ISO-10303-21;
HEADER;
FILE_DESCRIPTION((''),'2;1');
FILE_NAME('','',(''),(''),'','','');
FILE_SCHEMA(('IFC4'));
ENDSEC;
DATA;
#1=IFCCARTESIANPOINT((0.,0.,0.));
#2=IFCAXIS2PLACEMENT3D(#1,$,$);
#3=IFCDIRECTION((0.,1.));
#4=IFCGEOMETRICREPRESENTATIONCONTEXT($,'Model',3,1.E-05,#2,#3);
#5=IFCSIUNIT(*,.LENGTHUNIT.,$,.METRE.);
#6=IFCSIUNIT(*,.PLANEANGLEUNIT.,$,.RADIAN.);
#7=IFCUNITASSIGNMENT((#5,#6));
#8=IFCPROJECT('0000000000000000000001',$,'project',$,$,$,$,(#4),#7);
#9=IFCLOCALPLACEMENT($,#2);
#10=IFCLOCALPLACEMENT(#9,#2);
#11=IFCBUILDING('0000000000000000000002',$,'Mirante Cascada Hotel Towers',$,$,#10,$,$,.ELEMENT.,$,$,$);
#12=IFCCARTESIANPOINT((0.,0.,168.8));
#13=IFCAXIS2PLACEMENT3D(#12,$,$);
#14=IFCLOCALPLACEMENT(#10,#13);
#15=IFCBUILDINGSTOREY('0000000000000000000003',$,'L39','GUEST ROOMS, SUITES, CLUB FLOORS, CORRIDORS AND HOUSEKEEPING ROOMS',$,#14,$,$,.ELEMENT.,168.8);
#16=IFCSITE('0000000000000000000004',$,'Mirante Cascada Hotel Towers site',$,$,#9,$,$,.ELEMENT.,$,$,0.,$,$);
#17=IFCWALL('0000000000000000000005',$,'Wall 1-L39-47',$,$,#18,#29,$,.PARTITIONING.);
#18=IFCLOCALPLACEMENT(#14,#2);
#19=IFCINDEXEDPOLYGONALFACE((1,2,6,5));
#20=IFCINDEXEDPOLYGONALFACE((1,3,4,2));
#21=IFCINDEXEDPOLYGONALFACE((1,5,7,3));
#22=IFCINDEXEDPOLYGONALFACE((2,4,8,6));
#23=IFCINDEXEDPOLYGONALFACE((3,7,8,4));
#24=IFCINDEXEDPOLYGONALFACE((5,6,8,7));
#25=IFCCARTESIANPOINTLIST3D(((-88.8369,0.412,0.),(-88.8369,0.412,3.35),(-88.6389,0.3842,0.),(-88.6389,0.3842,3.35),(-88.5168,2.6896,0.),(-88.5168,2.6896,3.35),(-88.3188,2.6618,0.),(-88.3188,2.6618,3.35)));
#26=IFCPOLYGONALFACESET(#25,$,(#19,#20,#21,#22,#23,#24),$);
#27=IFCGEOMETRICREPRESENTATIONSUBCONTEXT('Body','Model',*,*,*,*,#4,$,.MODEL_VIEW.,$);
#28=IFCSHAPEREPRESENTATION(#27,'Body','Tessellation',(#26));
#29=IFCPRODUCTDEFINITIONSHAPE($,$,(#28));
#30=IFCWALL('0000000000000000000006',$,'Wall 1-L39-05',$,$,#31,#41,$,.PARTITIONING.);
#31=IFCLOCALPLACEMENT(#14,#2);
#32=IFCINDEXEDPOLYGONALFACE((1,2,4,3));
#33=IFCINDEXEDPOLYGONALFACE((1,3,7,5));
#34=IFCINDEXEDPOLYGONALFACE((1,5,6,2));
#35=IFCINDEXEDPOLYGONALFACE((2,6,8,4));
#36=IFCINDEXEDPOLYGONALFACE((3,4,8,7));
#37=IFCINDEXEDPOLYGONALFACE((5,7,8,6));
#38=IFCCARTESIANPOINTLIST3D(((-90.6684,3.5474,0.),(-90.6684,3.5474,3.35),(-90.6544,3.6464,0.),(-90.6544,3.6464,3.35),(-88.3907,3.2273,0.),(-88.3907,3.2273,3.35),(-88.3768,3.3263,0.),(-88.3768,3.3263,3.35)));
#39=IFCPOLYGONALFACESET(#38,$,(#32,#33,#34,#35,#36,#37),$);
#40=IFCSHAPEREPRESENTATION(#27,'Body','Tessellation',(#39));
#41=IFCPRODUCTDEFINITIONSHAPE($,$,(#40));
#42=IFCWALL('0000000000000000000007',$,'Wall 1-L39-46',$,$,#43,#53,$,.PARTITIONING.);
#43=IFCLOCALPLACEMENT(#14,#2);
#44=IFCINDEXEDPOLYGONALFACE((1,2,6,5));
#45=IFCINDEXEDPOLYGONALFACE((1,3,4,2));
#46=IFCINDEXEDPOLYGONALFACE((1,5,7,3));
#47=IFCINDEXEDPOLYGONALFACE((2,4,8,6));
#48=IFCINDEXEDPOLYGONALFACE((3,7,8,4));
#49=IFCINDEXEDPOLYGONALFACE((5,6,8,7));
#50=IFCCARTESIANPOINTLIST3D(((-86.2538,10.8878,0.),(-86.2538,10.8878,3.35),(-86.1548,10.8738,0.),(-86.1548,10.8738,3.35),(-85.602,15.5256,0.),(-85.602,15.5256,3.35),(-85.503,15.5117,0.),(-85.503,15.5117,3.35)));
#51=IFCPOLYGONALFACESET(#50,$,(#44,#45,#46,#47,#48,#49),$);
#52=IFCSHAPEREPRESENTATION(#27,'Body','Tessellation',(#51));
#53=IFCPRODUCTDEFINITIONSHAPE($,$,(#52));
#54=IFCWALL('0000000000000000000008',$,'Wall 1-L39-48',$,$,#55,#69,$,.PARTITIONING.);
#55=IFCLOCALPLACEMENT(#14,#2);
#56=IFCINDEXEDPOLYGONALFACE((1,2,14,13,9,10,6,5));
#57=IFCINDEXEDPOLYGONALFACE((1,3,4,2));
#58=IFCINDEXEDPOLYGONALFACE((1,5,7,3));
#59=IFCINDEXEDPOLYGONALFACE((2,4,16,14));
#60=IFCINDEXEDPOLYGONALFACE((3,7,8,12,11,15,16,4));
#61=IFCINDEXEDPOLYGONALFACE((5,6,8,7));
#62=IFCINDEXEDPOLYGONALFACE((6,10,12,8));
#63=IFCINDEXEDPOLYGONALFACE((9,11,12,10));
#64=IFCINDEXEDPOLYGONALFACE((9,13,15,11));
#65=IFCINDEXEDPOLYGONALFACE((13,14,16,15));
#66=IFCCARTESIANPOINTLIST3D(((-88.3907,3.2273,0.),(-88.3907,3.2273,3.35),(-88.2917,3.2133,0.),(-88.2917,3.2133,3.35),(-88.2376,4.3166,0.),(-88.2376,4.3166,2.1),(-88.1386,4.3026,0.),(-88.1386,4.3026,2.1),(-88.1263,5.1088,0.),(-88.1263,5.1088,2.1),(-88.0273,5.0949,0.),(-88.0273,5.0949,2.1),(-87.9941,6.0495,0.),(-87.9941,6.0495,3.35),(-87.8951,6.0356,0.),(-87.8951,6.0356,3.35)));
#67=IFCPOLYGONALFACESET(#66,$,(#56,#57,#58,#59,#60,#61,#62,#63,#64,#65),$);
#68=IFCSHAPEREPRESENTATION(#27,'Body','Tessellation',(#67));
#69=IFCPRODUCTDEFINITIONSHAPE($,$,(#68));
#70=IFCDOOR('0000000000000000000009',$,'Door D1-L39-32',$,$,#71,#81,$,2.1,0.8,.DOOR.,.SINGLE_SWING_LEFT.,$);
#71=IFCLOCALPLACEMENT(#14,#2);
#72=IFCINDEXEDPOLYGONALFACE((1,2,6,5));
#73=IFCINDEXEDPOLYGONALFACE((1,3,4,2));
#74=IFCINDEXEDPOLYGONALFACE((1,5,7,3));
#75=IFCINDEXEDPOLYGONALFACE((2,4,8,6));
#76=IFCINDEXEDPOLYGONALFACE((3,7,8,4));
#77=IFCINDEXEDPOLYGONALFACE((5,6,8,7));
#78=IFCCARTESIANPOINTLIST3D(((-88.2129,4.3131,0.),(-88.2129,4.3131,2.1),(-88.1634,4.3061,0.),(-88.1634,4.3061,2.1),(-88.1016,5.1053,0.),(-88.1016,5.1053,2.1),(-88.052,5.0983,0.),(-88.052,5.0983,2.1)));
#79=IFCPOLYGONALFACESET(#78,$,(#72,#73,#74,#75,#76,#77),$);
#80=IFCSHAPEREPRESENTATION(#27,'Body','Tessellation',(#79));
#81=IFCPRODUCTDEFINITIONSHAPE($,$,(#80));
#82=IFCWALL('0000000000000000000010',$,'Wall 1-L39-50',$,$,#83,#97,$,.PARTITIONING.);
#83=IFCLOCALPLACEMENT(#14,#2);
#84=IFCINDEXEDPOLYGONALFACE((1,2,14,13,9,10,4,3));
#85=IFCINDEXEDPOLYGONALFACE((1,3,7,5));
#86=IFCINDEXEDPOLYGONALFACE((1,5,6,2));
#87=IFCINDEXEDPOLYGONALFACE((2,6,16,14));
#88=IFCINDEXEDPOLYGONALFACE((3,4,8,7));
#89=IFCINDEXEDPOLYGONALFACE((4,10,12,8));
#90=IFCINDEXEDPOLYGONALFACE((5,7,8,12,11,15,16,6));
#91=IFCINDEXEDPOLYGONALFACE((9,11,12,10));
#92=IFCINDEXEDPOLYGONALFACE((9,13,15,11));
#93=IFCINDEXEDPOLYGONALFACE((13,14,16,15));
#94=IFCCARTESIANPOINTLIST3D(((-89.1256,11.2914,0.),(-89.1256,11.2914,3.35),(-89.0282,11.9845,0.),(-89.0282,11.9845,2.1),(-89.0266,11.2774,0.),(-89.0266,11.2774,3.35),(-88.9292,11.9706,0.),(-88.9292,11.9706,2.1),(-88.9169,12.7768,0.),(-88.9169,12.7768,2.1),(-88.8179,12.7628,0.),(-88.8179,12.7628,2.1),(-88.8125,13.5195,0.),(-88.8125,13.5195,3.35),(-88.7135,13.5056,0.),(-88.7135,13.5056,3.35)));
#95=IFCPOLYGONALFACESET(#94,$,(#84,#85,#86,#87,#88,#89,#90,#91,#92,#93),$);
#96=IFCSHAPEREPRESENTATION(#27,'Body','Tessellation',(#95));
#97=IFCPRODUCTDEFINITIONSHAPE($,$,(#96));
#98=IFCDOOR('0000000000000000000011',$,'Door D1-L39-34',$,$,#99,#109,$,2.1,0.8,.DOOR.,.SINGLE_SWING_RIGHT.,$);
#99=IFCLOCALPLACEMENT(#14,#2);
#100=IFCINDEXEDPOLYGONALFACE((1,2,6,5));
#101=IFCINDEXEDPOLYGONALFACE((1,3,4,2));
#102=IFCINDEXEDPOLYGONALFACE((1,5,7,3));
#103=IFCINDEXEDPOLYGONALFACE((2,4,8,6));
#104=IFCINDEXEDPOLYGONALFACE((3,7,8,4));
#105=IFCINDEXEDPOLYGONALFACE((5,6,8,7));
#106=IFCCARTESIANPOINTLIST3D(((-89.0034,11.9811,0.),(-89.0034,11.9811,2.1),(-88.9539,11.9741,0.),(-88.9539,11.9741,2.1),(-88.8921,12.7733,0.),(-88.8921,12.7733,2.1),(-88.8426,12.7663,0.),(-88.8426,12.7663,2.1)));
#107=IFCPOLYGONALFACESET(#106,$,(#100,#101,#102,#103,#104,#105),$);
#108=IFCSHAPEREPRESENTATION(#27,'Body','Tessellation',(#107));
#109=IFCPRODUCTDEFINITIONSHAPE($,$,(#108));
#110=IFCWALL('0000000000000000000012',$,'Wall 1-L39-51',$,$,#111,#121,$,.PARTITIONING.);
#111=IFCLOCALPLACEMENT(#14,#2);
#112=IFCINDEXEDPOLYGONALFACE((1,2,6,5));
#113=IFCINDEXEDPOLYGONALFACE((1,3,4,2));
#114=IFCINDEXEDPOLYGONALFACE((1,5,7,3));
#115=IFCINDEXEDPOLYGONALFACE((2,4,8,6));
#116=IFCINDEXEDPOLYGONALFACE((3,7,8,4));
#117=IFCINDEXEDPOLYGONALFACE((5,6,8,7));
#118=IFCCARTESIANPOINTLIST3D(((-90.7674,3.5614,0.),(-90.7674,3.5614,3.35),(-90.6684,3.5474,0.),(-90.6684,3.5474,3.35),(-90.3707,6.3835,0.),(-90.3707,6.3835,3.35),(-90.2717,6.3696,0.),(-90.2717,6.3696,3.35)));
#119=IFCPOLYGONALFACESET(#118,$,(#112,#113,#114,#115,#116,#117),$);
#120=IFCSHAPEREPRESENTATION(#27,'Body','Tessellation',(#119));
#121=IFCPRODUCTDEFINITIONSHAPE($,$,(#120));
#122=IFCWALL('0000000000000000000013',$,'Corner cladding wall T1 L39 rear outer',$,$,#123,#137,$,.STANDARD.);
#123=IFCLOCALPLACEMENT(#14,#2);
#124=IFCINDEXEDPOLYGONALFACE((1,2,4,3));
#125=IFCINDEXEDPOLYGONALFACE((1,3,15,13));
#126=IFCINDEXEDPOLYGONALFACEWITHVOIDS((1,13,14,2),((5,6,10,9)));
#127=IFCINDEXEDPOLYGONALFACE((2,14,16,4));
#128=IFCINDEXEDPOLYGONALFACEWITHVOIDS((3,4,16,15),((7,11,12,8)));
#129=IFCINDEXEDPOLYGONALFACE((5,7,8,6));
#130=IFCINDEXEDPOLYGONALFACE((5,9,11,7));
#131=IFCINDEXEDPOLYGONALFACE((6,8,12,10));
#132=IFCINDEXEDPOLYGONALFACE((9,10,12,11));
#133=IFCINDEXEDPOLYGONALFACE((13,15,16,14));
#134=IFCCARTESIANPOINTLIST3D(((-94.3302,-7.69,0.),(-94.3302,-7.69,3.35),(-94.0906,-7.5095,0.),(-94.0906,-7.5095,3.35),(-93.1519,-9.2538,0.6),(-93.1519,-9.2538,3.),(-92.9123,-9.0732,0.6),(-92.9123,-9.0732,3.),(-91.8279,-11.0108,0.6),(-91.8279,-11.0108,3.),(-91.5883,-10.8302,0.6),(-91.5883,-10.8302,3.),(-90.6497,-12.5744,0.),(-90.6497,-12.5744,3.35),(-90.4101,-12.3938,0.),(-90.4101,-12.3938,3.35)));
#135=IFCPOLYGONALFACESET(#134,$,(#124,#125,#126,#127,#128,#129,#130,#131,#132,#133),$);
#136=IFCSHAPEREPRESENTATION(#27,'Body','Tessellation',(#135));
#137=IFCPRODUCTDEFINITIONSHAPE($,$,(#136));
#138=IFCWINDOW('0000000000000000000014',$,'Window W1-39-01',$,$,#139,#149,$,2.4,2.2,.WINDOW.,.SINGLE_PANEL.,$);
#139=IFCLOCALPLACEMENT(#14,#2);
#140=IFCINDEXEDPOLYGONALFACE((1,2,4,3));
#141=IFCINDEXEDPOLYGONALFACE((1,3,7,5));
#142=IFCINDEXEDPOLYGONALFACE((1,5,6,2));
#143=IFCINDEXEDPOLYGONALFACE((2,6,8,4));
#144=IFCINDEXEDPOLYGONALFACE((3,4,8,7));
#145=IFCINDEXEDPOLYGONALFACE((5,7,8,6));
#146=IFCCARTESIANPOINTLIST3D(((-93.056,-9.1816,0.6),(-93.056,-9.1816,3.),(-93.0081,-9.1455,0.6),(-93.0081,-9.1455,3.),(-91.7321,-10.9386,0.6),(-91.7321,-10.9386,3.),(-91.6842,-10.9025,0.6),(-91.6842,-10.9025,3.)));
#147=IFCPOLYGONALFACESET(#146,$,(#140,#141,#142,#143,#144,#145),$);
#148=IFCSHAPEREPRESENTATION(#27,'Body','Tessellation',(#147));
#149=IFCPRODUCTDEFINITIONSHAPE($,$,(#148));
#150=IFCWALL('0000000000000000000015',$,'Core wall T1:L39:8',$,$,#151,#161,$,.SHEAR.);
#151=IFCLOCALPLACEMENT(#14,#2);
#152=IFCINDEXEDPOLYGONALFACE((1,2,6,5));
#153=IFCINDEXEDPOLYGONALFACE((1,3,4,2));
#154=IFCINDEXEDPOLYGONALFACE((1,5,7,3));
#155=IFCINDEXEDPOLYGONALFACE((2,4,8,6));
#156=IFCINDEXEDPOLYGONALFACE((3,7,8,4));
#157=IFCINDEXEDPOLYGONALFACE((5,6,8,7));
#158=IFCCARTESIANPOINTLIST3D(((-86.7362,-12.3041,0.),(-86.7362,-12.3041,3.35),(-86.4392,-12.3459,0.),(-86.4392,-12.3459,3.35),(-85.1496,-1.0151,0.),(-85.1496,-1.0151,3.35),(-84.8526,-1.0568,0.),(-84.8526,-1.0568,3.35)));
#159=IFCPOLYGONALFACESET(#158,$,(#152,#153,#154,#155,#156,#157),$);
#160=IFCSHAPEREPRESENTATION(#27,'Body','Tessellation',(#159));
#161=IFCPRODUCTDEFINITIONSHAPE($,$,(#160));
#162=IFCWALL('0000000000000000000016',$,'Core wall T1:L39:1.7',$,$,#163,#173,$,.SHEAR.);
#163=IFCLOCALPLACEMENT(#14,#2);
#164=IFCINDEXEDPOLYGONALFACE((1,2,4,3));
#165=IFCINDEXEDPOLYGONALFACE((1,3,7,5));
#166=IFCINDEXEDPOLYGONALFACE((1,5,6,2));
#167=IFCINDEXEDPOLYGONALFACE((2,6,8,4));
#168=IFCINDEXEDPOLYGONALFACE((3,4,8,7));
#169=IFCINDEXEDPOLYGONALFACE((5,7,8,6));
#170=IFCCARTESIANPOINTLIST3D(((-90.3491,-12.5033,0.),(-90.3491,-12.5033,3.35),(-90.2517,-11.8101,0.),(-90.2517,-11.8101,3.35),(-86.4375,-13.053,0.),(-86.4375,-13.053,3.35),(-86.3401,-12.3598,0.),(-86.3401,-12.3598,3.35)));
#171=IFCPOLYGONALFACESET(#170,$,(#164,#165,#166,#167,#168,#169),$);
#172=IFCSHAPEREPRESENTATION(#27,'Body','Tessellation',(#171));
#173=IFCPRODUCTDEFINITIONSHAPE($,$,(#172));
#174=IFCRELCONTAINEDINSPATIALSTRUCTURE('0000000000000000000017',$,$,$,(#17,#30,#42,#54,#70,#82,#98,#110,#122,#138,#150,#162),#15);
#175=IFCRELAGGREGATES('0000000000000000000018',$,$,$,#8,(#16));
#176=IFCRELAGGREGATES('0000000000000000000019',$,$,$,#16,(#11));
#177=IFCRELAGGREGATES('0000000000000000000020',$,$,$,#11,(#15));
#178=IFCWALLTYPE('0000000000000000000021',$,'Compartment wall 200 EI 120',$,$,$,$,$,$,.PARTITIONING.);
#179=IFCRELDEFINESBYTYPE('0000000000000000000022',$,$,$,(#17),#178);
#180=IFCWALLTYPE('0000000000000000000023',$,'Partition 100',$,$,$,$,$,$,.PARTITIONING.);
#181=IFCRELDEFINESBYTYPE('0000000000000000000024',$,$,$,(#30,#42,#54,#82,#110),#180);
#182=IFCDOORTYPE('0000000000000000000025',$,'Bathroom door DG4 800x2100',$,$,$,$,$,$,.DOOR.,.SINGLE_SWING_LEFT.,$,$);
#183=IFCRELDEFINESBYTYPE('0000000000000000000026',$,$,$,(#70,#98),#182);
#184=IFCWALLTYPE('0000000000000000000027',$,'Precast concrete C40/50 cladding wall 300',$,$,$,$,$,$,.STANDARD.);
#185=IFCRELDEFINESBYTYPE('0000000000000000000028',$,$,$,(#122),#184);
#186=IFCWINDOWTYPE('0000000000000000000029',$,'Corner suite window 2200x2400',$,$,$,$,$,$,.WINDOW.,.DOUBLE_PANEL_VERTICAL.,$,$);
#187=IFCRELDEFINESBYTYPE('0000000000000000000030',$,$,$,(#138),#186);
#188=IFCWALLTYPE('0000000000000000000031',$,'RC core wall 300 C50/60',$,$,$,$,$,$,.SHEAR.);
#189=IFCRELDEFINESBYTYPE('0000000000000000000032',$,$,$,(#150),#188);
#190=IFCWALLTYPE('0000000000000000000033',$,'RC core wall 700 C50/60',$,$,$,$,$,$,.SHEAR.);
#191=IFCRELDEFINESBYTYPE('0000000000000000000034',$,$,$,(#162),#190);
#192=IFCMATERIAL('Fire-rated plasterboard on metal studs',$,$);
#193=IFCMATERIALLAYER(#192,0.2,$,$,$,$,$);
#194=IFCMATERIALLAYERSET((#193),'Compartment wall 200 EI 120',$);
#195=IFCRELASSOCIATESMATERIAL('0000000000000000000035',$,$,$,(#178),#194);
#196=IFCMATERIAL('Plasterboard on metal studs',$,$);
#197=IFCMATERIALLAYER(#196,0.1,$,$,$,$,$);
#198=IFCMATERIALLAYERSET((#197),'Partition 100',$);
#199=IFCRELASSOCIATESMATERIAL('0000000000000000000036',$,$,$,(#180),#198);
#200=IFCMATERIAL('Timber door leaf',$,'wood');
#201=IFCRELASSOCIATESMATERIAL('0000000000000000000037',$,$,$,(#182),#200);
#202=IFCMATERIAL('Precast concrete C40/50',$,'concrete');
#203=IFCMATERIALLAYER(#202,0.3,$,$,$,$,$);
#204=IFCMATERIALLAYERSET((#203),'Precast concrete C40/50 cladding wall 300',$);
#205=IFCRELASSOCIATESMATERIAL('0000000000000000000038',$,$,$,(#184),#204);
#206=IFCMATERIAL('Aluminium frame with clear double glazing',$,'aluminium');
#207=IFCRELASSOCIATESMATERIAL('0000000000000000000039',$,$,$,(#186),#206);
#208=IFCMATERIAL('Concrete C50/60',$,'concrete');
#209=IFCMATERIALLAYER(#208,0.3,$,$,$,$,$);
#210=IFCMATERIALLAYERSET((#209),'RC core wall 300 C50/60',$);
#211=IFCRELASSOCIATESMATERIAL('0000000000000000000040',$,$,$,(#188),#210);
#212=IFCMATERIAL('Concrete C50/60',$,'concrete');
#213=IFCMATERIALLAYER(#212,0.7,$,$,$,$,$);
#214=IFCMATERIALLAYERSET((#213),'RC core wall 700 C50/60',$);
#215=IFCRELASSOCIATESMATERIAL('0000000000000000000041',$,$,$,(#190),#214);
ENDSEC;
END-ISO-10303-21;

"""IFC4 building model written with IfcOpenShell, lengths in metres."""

from ifc_helpers import new_model, si_unit, direction, frame, frame_2d, origin, place, context, subcontext, project, spatial, rectangle, extrude, material, layer, layer_set, type_object, element, fill, save


model = new_model("IFC4")

# Units and contexts
model_context = context("Model", 3, precision=1e-05, world=origin(), true_north=direction((0.0, 1.0)))
body_context = subcontext(model_context, "Body", "Model", "MODEL_VIEW")
ifc_project = project(units=[si_unit("LENGTHUNIT", "METRE"), si_unit("PLANEANGLEUNIT", "RADIAN")], contexts=[model_context])

# Site, building, storey
site_placement = place(None, origin())
site = spatial("IfcSite", under=ifc_project, at=site_placement, Name="Mirante Cascada Hotel Towers site", CompositionType="ELEMENT", RefElevation=0.0)
building_placement = place(site_placement, origin())
building = spatial("IfcBuilding", under=site, at=building_placement, Name="Mirante Cascada Hotel Towers", CompositionType="ELEMENT")
storey_placement = place(building_placement, frame((0.0, 0.0, 168.8)))
storey = spatial("IfcBuildingStorey", under=building, at=storey_placement, Name="L39", Description="GUEST ROOMS, SUITES, CLUB FLOORS, CORRIDORS AND HOUSEKEEPING ROOMS", CompositionType="ELEMENT", Elevation=168.8)

# Walls
ifc_material_1 = material(Name="Fire-rated plasterboard on metal studs")
ifc_layer_1 = layer(ifc_material_1, 0.2)
ifc_layer_set_1 = layer_set([ifc_layer_1], Name="Compartment wall 200 EI 120")
wall_type_1 = type_object("IfcWallType", Name="Compartment wall 200 EI 120", PredefinedType="PARTITIONING", material=ifc_layer_set_1)
wall_1_placement = place(storey_placement, frame((-88.4178, 2.6757, 0.0), z_axis=(0.0, 0.0, 1.0), x_axis=(-0.139175, -0.990268, 0.0)))
element("IfcWall", 1, at=wall_1_placement, inside=storey, type_object=wall_type_1, Name="Wall 1-L39-47", PredefinedType="PARTITIONING", context=body_context, shape_type="SweptSolid", body=[
    extrude(rectangle(XDim=2.3, YDim=0.2, at=frame_2d((1.15, 0.0))), origin(), (0.0, 0.0, 1.0), 3.35),
])
ifc_material_2 = material(Name="Plasterboard on metal studs")
ifc_layer_2 = layer(ifc_material_2, 0.1)
ifc_layer_set_2 = layer_set([ifc_layer_2], Name="Partition 100")
wall_type_2 = type_object("IfcWallType", Name="Partition 100", PredefinedType="PARTITIONING", material=ifc_layer_set_2)
wall_2_placement = place(storey_placement, frame((-90.6614, 3.5969, 0.0), z_axis=(0.0, 0.0, 1.0), x_axis=(0.990268, -0.139175, 0.0)))
element("IfcWall", 2, at=wall_2_placement, inside=storey, type_object=wall_type_2, Name="Wall 1-L39-05", PredefinedType="PARTITIONING", context=body_context, shape_type="SweptSolid", body=[
    extrude(rectangle(XDim=2.3, YDim=0.1, at=frame_2d((1.15, 0.0))), origin(), (0.0, 0.0, 1.0), 3.35),
])
wall_3_placement = place(storey_placement, frame((-86.2043, 10.8808, 0.0), z_axis=(0.0, 0.0, 1.0), x_axis=(0.139173, 0.990268, 0.0)))
element("IfcWall", 3, at=wall_3_placement, inside=storey, type_object=wall_type_2, Name="Wall 1-L39-46", PredefinedType="PARTITIONING", context=body_context, shape_type="SweptSolid", body=[
    extrude(rectangle(XDim=4.6834, YDim=0.1, at=frame_2d((2.3417, 0.0))), origin(), (0.0, 0.0, 1.0), 3.35),
])

# Walls, openings, doors
wall_4_placement = place(storey_placement, frame((-88.3412, 3.2203, 0.0), z_axis=(0.0, 0.0, 1.0), x_axis=(0.139156, 0.99027, 0.0)))
wall_4 = element("IfcWall", 4, at=wall_4_placement, inside=storey, type_object=wall_type_2, Name="Wall 1-L39-48", PredefinedType="PARTITIONING", context=body_context, shape_type="SweptSolid", body=[
    extrude(rectangle(XDim=2.85, YDim=0.1, at=frame_2d((1.425, 0.0))), origin(), (0.0, 0.0, 1.0), 3.35),
])
opening_1_placement = place(wall_4_placement, frame((1.1, 0.0, 0.0)))
opening_1 = element("IfcOpeningElement", 5, at=opening_1_placement, cuts=wall_4, PredefinedType="OPENING", context=body_context, shape_type="SweptSolid", body=[
    extrude(rectangle(XDim=0.8, YDim=2.1, at=frame_2d((0.4, 1.05))), frame((0.0, 0.05, 0.0), z_axis=(0.0, -1.0, 0.0), x_axis=(1.0, 0.0, 0.0)), (0.0, 0.0, 1.0), 0.1),
])
ifc_material_3 = material(Name="Timber door leaf", Category="wood")
door_type = type_object("IfcDoorType", Name="Bathroom door DG4 800x2100", OperationType="SINGLE_SWING_LEFT", PredefinedType="DOOR", material=ifc_material_3)
door_1_placement = place(opening_1_placement, origin())
door_1 = element("IfcDoor", 6, at=door_1_placement, inside=storey, type_object=door_type, Name="Door D1-L39-32", OperationType="SINGLE_SWING_LEFT", OverallHeight=2.1, OverallWidth=0.8, PredefinedType="DOOR", context=body_context, shape_type="SweptSolid", body=[
    extrude(rectangle(XDim=0.8, YDim=2.1, at=frame_2d((0.4, 1.05))), frame((0.0, 0.025, 0.0), z_axis=(0.0, -1.0, 0.0), x_axis=(1.0, 0.0, 0.0)), (0.0, 0.0, 1.0), 0.05),
])
fill(opening_1, door_1)
wall_5_placement = place(storey_placement, frame((-89.0761, 11.2844, 0.0), z_axis=(0.0, 0.0, 1.0), x_axis=(0.139156, 0.990271, 0.0)))
wall_5 = element("IfcWall", 7, at=wall_5_placement, inside=storey, type_object=wall_type_2, Name="Wall 1-L39-50", PredefinedType="PARTITIONING", context=body_context, shape_type="SweptSolid", body=[
    extrude(rectangle(XDim=2.25, YDim=0.1, at=frame_2d((1.125, 0.0))), origin(), (0.0, 0.0, 1.0), 3.35),
])
opening_2_placement = place(wall_5_placement, frame((0.7, 0.0, 0.0)))
opening_2 = element("IfcOpeningElement", 8, at=opening_2_placement, cuts=wall_5, PredefinedType="OPENING", context=body_context, shape_type="SweptSolid", body=[
    extrude(rectangle(XDim=0.8, YDim=2.1, at=frame_2d((0.4, 1.05))), frame((0.0, 0.05, 0.0), z_axis=(0.0, -1.0, 0.0), x_axis=(1.0, 0.0, 0.0)), (0.0, 0.0, 1.0), 0.1),
])
door_2_placement = place(opening_2_placement, frame((0.8, 0.0, 0.0), z_axis=(0.0, 0.0, 1.0), x_axis=(-1.0, 0.0, 0.0)))
door_2 = element("IfcDoor", 9, at=door_2_placement, inside=storey, type_object=door_type, Name="Door D1-L39-34", OperationType="SINGLE_SWING_RIGHT", OverallHeight=2.1, OverallWidth=0.8, PredefinedType="DOOR", context=body_context, shape_type="SweptSolid", body=[
    extrude(rectangle(XDim=0.8, YDim=2.1, at=frame_2d((0.4, 1.05))), frame((0.0, 0.025, 0.0), z_axis=(0.0, -1.0, 0.0), x_axis=(1.0, 0.0, 0.0)), (0.0, 0.0, 1.0), 0.05),
])
fill(opening_2, door_2)

# Wall
wall_6_placement = place(storey_placement, frame((-90.3212, 6.3766, 0.0), z_axis=(0.0, 0.0, 1.0), x_axis=(-0.139196, -0.990265, 0.0)))
element("IfcWall", 10, at=wall_6_placement, inside=storey, type_object=wall_type_2, Name="Wall 1-L39-51", PredefinedType="PARTITIONING", context=body_context, shape_type="SweptSolid", body=[
    extrude(rectangle(XDim=2.8499, YDim=0.1, at=frame_2d((1.425, 0.0))), origin(), (0.0, 0.0, 1.0), 3.35),
])

# Wall, opening, window
ifc_material_4 = material(Name="Precast concrete C40/50", Category="concrete")
ifc_layer_3 = layer(ifc_material_4, 0.3)
ifc_layer_set_3 = layer_set([ifc_layer_3], Name="Precast concrete C40/50 cladding wall 300")
wall_type_3 = type_object("IfcWallType", Name="Precast concrete C40/50 cladding wall 300", PredefinedType="STANDARD", material=ifc_layer_set_3)
wall_7_placement = place(storey_placement, frame((-90.5299, -12.4841, 0.0), z_axis=(0.0, 0.0, 1.0), x_axis=(-0.601806, 0.798642, 0.0)))
wall_7 = element("IfcWall", 11, at=wall_7_placement, inside=storey, type_object=wall_type_3, Name="Corner cladding wall T1 L39 rear outer", PredefinedType="STANDARD", context=body_context, shape_type="SweptSolid", body=[
    extrude(rectangle(XDim=6.1158, YDim=0.3, at=frame_2d((3.0579, 0.0))), origin(), (0.0, 0.0, 1.0), 3.35),
])
opening_3_placement = place(wall_7_placement, frame((1.9578, 0.0, 0.6)))
opening_3 = element("IfcOpeningElement", 12, at=opening_3_placement, cuts=wall_7, PredefinedType="OPENING", context=body_context, shape_type="SweptSolid", body=[
    extrude(rectangle(XDim=2.2, YDim=2.4, at=frame_2d((1.1, 1.2))), frame((0.0, 0.15, 0.0), z_axis=(0.0, -1.0, 0.0), x_axis=(1.0, 0.0, 0.0)), (0.0, 0.0, 1.0), 0.3),
])
ifc_material_5 = material(Name="Aluminium frame with clear double glazing", Category="aluminium")
window_type = type_object("IfcWindowType", Name="Corner suite window 2200x2400", PartitioningType="DOUBLE_PANEL_VERTICAL", PredefinedType="WINDOW", material=ifc_material_5)
window_placement = place(opening_3_placement, origin())
window = element("IfcWindow", 13, at=window_placement, inside=storey, type_object=window_type, Name="Window W1-39-01", OverallHeight=2.4, OverallWidth=2.2, PartitioningType="SINGLE_PANEL", PredefinedType="WINDOW", context=body_context, shape_type="SweptSolid", body=[
    extrude(rectangle(XDim=2.2, YDim=2.4, at=frame_2d((1.1, 1.2))), frame((0.0, 0.03, 0.0), z_axis=(0.0, -1.0, 0.0), x_axis=(1.0, 0.0, 0.0)), (0.0, 0.0, 1.0), 0.06),
])
fill(opening_3, window)

# Walls
ifc_material_6 = material(Name="Concrete C50/60", Category="concrete")
ifc_layer_4 = layer(ifc_material_6, 0.3)
ifc_layer_set_4 = layer_set([ifc_layer_4], Name="RC core wall 300 C50/60")
wall_type_4 = type_object("IfcWallType", Name="RC core wall 300 C50/60", PredefinedType="SHEAR", material=ifc_layer_set_4)
wall_8_placement = place(storey_placement, frame((-86.5877, -12.325, 0.0), z_axis=(0.0, 0.0, 1.0), x_axis=(0.139175, 0.990268, 0.0)))
element("IfcWall", 14, at=wall_8_placement, inside=storey, type_object=wall_type_4, Name="Core wall T1:L39:8", PredefinedType="SHEAR", context=body_context, shape_type="SweptSolid", body=[
    extrude(rectangle(XDim=11.4, YDim=0.3, at=frame_2d((5.7, 0.0))), origin(), (0.0, 0.0, 1.0), 3.35),
])
ifc_material_7 = material(Name="Concrete C50/60", Category="concrete")
ifc_layer_5 = layer(ifc_material_7, 0.7)
ifc_layer_set_5 = layer_set([ifc_layer_5], Name="RC core wall 700 C50/60")
wall_type_5 = type_object("IfcWallType", Name="RC core wall 700 C50/60", PredefinedType="SHEAR", material=ifc_layer_set_5)
wall_9_placement = place(storey_placement, frame((-86.3888, -12.7064, 0.0), z_axis=(0.0, 0.0, 1.0), x_axis=(-0.990269, 0.139163, 0.0)))
element("IfcWall", 15, at=wall_9_placement, inside=storey, type_object=wall_type_5, Name="Core wall T1:L39:1.7", PredefinedType="SHEAR", context=body_context, shape_type="SweptSolid", body=[
    extrude(rectangle(XDim=3.95, YDim=0.7, at=frame_2d((1.975, 0.0))), origin(), (0.0, 0.0, 1.0), 3.35),
])

save(model, "model.ifc")
